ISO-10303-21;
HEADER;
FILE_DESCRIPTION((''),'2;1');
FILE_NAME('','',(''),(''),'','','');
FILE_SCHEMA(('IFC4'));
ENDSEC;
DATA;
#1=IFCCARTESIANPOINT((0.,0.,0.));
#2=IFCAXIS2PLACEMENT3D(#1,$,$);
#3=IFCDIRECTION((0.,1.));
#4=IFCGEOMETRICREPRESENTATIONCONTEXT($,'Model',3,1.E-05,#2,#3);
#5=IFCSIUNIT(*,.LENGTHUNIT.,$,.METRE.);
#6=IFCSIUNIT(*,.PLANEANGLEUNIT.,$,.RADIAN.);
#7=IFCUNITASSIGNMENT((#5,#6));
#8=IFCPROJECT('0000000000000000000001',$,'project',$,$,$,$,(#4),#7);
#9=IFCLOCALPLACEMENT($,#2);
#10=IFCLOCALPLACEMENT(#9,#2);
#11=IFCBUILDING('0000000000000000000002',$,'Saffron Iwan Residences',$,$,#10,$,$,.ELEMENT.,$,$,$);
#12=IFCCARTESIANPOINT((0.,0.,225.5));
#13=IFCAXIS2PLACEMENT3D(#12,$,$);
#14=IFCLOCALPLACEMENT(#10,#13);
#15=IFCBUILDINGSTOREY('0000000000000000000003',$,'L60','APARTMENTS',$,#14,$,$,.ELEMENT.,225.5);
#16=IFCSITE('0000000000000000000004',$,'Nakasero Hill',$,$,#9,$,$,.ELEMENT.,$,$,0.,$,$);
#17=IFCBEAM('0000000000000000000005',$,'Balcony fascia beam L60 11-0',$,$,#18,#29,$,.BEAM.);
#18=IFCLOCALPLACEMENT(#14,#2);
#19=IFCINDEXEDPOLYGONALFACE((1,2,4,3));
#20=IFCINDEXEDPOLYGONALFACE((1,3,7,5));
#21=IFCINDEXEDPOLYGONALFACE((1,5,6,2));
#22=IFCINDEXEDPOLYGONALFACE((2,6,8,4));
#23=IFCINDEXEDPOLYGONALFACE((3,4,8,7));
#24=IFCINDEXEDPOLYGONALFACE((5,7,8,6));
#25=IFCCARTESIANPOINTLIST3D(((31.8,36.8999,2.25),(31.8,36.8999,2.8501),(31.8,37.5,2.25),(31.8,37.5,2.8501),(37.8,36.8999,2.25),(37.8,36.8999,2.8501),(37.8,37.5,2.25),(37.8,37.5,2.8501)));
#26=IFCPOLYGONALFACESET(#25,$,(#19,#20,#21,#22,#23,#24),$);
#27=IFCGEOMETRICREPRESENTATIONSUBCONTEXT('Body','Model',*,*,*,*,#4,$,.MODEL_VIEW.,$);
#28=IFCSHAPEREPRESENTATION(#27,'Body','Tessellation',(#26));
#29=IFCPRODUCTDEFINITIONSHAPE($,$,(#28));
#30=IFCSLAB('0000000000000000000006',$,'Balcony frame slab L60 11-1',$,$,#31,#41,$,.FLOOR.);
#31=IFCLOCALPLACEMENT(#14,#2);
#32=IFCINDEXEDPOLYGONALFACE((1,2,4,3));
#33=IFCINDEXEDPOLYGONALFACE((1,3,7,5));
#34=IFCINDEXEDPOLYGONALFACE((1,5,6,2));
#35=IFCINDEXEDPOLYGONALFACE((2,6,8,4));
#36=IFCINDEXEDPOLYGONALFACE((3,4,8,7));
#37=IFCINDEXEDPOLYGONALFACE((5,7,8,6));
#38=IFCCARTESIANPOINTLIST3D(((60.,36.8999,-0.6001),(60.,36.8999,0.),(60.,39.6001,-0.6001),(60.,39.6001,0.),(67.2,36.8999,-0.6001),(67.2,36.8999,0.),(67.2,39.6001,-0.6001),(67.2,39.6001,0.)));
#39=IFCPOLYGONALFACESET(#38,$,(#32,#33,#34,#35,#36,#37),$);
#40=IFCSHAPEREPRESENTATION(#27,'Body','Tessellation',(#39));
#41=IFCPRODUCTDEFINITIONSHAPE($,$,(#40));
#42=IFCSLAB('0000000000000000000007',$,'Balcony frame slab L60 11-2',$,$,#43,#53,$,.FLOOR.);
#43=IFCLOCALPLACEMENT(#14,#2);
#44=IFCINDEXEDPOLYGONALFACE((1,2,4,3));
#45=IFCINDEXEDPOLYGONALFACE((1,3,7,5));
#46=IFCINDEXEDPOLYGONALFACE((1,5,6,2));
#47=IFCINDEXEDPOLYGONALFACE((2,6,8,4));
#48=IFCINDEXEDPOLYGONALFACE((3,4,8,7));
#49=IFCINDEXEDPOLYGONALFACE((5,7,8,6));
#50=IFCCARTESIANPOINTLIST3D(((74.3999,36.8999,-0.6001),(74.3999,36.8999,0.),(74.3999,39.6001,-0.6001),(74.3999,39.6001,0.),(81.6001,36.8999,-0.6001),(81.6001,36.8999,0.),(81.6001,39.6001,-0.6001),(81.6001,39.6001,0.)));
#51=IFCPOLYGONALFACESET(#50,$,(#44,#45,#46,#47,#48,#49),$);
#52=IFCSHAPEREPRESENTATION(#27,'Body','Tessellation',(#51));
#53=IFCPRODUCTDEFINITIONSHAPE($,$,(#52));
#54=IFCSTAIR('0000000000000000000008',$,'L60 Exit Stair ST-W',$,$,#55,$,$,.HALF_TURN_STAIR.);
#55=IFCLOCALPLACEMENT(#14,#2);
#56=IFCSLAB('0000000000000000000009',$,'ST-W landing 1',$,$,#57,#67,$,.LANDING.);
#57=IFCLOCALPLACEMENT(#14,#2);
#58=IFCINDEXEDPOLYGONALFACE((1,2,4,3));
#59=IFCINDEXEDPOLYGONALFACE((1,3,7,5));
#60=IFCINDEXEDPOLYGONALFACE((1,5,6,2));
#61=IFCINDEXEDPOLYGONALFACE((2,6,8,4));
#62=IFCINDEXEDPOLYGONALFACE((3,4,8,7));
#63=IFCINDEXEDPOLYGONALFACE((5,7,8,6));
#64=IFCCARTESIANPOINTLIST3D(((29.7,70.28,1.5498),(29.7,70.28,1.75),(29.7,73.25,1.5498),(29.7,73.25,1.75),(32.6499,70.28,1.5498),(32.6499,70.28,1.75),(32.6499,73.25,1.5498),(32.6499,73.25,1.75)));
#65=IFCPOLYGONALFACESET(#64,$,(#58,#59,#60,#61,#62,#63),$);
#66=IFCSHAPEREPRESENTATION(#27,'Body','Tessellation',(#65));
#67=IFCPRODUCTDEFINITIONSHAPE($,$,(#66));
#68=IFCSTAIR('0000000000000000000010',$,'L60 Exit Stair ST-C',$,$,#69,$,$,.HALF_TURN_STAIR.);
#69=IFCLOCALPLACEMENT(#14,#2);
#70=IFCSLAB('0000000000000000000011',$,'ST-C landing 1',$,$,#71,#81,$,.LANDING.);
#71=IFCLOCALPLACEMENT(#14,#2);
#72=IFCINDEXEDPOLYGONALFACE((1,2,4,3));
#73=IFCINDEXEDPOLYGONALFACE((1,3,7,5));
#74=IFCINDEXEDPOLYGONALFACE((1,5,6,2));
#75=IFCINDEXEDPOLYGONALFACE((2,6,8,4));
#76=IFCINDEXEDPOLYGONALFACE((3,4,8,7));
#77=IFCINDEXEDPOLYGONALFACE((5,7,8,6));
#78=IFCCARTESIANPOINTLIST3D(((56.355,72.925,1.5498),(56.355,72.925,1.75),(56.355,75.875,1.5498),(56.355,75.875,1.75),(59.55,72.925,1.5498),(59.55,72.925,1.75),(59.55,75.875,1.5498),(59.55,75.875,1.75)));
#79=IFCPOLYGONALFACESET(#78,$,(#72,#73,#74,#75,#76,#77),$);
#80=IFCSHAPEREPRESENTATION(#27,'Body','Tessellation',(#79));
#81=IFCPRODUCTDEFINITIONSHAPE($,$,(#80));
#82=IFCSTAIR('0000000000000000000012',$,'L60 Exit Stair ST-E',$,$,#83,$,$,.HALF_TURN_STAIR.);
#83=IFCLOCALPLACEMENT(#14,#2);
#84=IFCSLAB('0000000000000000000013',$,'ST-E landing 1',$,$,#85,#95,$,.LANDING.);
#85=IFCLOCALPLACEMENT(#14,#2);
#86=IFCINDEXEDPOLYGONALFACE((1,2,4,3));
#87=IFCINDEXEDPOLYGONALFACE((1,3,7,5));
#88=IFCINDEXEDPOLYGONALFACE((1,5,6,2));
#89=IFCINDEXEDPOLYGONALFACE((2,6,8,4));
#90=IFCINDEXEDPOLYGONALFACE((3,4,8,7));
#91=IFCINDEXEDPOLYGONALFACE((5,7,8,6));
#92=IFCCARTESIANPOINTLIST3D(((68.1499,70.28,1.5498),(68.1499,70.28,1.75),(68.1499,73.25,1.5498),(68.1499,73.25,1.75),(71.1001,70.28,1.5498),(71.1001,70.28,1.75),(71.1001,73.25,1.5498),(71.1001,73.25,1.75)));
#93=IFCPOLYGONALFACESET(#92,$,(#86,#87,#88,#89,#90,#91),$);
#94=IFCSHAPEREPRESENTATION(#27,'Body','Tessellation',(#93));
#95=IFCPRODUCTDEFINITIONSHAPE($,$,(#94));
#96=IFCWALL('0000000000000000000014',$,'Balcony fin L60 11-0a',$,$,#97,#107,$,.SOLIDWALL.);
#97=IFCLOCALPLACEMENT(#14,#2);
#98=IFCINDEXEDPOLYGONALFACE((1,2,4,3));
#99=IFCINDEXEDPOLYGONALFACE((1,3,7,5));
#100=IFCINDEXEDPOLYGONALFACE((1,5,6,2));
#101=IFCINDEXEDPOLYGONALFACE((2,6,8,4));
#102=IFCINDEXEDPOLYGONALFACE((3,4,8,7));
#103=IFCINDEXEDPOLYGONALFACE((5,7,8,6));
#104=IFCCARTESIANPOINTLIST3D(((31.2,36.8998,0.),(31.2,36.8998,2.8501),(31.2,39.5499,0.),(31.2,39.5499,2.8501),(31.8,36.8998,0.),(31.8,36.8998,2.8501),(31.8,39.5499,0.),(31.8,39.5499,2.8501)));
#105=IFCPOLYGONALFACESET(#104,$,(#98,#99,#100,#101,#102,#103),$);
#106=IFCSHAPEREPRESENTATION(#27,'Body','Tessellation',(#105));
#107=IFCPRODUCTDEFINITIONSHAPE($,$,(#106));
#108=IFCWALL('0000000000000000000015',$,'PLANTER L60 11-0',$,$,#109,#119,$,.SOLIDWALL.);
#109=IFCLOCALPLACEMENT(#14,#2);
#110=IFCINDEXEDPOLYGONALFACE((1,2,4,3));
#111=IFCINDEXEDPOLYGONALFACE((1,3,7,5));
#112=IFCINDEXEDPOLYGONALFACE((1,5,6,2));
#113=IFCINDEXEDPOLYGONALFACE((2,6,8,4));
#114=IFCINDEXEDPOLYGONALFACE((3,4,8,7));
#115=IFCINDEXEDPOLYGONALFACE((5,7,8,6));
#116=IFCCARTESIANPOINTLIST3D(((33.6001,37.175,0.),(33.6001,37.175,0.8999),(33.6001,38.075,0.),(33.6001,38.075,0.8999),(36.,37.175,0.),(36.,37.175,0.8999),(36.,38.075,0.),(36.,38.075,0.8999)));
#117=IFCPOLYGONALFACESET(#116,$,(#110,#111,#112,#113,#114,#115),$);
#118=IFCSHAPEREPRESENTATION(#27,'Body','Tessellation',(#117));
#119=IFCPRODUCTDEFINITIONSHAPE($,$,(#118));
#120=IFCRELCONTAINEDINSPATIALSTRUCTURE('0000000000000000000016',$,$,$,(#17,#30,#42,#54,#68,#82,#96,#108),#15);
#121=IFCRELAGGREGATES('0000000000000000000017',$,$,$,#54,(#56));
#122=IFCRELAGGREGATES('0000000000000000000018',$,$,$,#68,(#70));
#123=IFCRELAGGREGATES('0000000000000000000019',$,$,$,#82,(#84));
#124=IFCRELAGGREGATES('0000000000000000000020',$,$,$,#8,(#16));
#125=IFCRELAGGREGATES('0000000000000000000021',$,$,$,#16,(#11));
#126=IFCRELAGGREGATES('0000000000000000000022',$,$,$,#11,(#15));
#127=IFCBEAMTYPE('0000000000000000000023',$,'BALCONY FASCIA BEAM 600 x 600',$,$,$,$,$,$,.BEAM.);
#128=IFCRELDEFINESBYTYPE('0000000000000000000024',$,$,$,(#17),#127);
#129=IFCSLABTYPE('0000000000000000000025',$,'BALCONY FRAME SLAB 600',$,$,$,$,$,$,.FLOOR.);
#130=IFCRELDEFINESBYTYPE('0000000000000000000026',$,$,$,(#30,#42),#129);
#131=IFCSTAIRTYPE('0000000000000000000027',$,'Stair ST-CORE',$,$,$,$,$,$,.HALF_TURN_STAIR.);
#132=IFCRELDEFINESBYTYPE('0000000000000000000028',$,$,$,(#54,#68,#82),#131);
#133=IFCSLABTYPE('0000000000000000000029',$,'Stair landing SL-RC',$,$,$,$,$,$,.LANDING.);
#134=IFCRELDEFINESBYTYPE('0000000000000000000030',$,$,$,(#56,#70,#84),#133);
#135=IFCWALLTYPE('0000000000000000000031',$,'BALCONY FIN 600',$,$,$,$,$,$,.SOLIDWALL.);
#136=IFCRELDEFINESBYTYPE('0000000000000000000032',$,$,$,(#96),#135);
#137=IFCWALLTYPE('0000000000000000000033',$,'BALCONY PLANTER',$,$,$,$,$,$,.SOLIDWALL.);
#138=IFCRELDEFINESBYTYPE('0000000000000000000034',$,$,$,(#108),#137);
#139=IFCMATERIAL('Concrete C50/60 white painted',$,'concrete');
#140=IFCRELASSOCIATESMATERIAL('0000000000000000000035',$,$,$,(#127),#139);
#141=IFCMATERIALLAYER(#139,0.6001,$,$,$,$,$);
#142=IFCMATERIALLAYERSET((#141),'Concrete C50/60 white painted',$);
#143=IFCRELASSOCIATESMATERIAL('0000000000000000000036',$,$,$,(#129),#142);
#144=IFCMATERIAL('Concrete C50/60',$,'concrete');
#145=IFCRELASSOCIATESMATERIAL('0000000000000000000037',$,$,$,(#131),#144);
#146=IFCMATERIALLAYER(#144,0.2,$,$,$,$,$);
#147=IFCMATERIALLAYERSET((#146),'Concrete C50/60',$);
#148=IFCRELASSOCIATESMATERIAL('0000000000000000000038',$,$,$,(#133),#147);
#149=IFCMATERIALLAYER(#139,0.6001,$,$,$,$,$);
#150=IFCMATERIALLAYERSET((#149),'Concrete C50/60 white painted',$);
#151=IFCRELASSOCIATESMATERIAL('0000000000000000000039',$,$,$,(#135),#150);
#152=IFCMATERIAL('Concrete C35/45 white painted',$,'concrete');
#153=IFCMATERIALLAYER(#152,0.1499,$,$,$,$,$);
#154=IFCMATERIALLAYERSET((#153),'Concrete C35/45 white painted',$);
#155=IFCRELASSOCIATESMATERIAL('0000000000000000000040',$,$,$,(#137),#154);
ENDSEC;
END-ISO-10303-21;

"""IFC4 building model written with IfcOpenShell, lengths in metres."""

from ifc_helpers import new_model, si_unit, direction, frame, frame_2d, origin, origin_2d, place, context, subcontext, project, spatial, polyline, rectangle, outline, extrude, source, transform, mapped, material, layer, layer_set, material_profile, profile_set, type_object, element, aggregate, save


model = new_model("IFC4")

# Units and contexts
model_context = context("Model", 3, precision=1e-05, world=origin(), true_north=direction((0.0, 1.0)))
body_context = subcontext(model_context, "Body", "Model", "MODEL_VIEW")
ifc_project = project(units=[si_unit("LENGTHUNIT", "METRE"), si_unit("PLANEANGLEUNIT", "RADIAN")], contexts=[model_context])

# Site, building, storey
site_placement = place(None, origin())
site = spatial("IfcSite", under=ifc_project, at=site_placement, Name="Nakasero Hill", CompositionType="ELEMENT", RefElevation=0.0)
building_placement = place(site_placement, origin())
building = spatial("IfcBuilding", under=site, at=building_placement, Name="Saffron Iwan Residences", CompositionType="ELEMENT")
storey_placement = place(building_placement, frame((0.0, 0.0, 225.5)))
storey = spatial("IfcBuildingStorey", under=building, at=storey_placement, Name="L60", Description="APARTMENTS", CompositionType="ELEMENT", Elevation=225.5)

# Beam
ifc_material_1 = material(Name="Concrete C50/60 white painted", Category="concrete")
ifc_material_profile = material_profile(ifc_material_1, rectangle(XDim=0.6001, YDim=0.6001, at=origin_2d()), Name="BALCONY FASCIA BEAM 600 x 600")
ifc_profile_set = profile_set([ifc_material_profile], Name="Concrete C50/60 white painted")
beam_type = type_object("IfcBeamType", Name="BALCONY FASCIA BEAM 600 x 600", PredefinedType="BEAM", material=ifc_profile_set)
shared_shape = source(origin(), body_context, "Body", "SweptSolid", [
    extrude(rectangle(XDim=0.6001, YDim=0.6001, at=origin_2d()), origin(), (0.0, 0.0, 1.0), 6.0),
])
beam_placement = place(storey_placement, frame((31.8, 37.2, 2.55), z_axis=(1.0, 0.0, 0.0), x_axis=(0.0, 1.0, 0.0)))
element("IfcBeam", 1, at=beam_placement, inside=storey, type_object=beam_type, Name="Balcony fascia beam L60 11-0", PredefinedType="BEAM", context=body_context, shape_type="MappedRepresentation", body=[
    mapped(shared_shape, transform((0.0, 0.0, 0.0))),
])

# Slabs
ifc_layer_1 = layer(ifc_material_1, 0.6001)
ifc_layer_set_1 = layer_set([ifc_layer_1], Name="Concrete C50/60 white painted")
slab_type_1 = type_object("IfcSlabType", Name="BALCONY FRAME SLAB 600", PredefinedType="FLOOR", material=ifc_layer_set_1)
slab_1_placement = place(storey_placement, frame((0.0, 0.0, -0.6001)))
element("IfcSlab", 2, at=slab_1_placement, inside=storey, type_object=slab_type_1, Name="Balcony frame slab L60 11-1", PredefinedType="FLOOR", context=body_context, shape_type="SweptSolid", body=[
    extrude(outline(polyline([(60.0, 36.8999), (67.2, 36.8999), (67.2, 39.6001), (60.0, 39.6001), (60.0, 36.8999)])), origin(), (0.0, 0.0, 1.0), 0.6001),
])
slab_2_placement = place(storey_placement, frame((0.0, 0.0, -0.6001)))
element("IfcSlab", 3, at=slab_2_placement, inside=storey, type_object=slab_type_1, Name="Balcony frame slab L60 11-2", PredefinedType="FLOOR", context=body_context, shape_type="SweptSolid", body=[
    extrude(outline(polyline([(74.3999, 36.8999), (81.6001, 36.8999), (81.6001, 39.6001), (74.3999, 39.6001), (74.3999, 36.8999)])), origin(), (0.0, 0.0, 1.0), 0.6001),
])

# Stairs, slabs
ifc_material_2 = material(Name="Concrete C50/60", Category="concrete")
stair_type = type_object("IfcStairType", Name="Stair ST-CORE", PredefinedType="HALF_TURN_STAIR", material=ifc_material_2)
stair_1_placement = place(storey_placement, origin())
stair_1 = element("IfcStair", 4, at=stair_1_placement, inside=storey, type_object=stair_type, Name="L60 Exit Stair ST-W", PredefinedType="HALF_TURN_STAIR")
ifc_layer_2 = layer(ifc_material_2, 0.2)
ifc_layer_set_2 = layer_set([ifc_layer_2], Name="Concrete C50/60")
slab_type_2 = type_object("IfcSlabType", Name="Stair landing SL-RC", PredefinedType="LANDING", material=ifc_layer_set_2)
slab_3_placement = place(storey_placement, frame((0.0, 0.0, 1.5498)))
slab_3 = element("IfcSlab", 5, at=slab_3_placement, type_object=slab_type_2, Name="ST-W landing 1", PredefinedType="LANDING", context=body_context, shape_type="SweptSolid", body=[
    extrude(outline(polyline([(32.6499, 70.28), (32.6499, 73.25), (29.7, 73.25), (29.7, 70.28), (32.6499, 70.28)])), origin(), (0.0, 0.0, 1.0), 0.2002),
])
aggregate(stair_1, [slab_3])
stair_2_placement = place(storey_placement, origin())
stair_2 = element("IfcStair", 6, at=stair_2_placement, inside=storey, type_object=stair_type, Name="L60 Exit Stair ST-C", PredefinedType="HALF_TURN_STAIR")
slab_4_placement = place(storey_placement, frame((0.0, 0.0, 1.5498)))
slab_4 = element("IfcSlab", 7, at=slab_4_placement, type_object=slab_type_2, Name="ST-C landing 1", PredefinedType="LANDING", context=body_context, shape_type="SweptSolid", body=[
    extrude(outline(polyline([(56.355, 72.925), (59.55, 72.925), (59.55, 75.875), (56.355, 75.875), (56.355, 72.925)])), origin(), (0.0, 0.0, 1.0), 0.2002),
])
aggregate(stair_2, [slab_4])
stair_3_placement = place(storey_placement, origin())
stair_3 = element("IfcStair", 8, at=stair_3_placement, inside=storey, type_object=stair_type, Name="L60 Exit Stair ST-E", PredefinedType="HALF_TURN_STAIR")
slab_5_placement = place(storey_placement, frame((0.0, 0.0, 1.5498)))
slab_5 = element("IfcSlab", 9, at=slab_5_placement, type_object=slab_type_2, Name="ST-E landing 1", PredefinedType="LANDING", context=body_context, shape_type="SweptSolid", body=[
    extrude(outline(polyline([(71.1001, 70.28), (71.1001, 73.25), (68.1499, 73.25), (68.1499, 70.28), (71.1001, 70.28)])), origin(), (0.0, 0.0, 1.0), 0.2002),
])
aggregate(stair_3, [slab_5])

# Walls
ifc_layer_3 = layer(ifc_material_1, 0.6001)
ifc_layer_set_3 = layer_set([ifc_layer_3], Name="Concrete C50/60 white painted")
wall_type_1 = type_object("IfcWallType", Name="BALCONY FIN 600", PredefinedType="SOLIDWALL", material=ifc_layer_set_3)
wall_1_placement = place(storey_placement, frame((31.5, 39.55, 0.0), z_axis=(0.0, 0.0, 1.0), x_axis=(0.0, -1.0, 0.0)))
element("IfcWall", 10, at=wall_1_placement, inside=storey, type_object=wall_type_1, Name="Balcony fin L60 11-0a", PredefinedType="SOLIDWALL", context=body_context, shape_type="SweptSolid", body=[
    extrude(rectangle(XDim=2.6501, YDim=0.6001, at=frame_2d((1.3252, 0.0))), origin(), (0.0, 0.0, 1.0), 2.8501),
])
ifc_material_3 = material(Name="Concrete C35/45 white painted", Category="concrete")
ifc_layer_4 = layer(ifc_material_3, 0.1499)
ifc_layer_set_4 = layer_set([ifc_layer_4], Name="Concrete C35/45 white painted")
wall_type_2 = type_object("IfcWallType", Name="BALCONY PLANTER", PredefinedType="SOLIDWALL", material=ifc_layer_set_4)
wall_2_placement = place(storey_placement, frame((33.6001, 37.625, 0.0), z_axis=(0.0, 0.0, 1.0), x_axis=(1.0, 0.0, 0.0)))
element("IfcWall", 11, at=wall_2_placement, inside=storey, type_object=wall_type_2, Name="PLANTER L60 11-0", PredefinedType="SOLIDWALL", context=body_context, shape_type="SweptSolid", body=[
    extrude(rectangle(XDim=2.3999, YDim=0.8999, at=frame_2d((1.2, 0.0))), origin(), (0.0, 0.0, 1.0), 0.8999),
])

save(model, "model.ifc")
